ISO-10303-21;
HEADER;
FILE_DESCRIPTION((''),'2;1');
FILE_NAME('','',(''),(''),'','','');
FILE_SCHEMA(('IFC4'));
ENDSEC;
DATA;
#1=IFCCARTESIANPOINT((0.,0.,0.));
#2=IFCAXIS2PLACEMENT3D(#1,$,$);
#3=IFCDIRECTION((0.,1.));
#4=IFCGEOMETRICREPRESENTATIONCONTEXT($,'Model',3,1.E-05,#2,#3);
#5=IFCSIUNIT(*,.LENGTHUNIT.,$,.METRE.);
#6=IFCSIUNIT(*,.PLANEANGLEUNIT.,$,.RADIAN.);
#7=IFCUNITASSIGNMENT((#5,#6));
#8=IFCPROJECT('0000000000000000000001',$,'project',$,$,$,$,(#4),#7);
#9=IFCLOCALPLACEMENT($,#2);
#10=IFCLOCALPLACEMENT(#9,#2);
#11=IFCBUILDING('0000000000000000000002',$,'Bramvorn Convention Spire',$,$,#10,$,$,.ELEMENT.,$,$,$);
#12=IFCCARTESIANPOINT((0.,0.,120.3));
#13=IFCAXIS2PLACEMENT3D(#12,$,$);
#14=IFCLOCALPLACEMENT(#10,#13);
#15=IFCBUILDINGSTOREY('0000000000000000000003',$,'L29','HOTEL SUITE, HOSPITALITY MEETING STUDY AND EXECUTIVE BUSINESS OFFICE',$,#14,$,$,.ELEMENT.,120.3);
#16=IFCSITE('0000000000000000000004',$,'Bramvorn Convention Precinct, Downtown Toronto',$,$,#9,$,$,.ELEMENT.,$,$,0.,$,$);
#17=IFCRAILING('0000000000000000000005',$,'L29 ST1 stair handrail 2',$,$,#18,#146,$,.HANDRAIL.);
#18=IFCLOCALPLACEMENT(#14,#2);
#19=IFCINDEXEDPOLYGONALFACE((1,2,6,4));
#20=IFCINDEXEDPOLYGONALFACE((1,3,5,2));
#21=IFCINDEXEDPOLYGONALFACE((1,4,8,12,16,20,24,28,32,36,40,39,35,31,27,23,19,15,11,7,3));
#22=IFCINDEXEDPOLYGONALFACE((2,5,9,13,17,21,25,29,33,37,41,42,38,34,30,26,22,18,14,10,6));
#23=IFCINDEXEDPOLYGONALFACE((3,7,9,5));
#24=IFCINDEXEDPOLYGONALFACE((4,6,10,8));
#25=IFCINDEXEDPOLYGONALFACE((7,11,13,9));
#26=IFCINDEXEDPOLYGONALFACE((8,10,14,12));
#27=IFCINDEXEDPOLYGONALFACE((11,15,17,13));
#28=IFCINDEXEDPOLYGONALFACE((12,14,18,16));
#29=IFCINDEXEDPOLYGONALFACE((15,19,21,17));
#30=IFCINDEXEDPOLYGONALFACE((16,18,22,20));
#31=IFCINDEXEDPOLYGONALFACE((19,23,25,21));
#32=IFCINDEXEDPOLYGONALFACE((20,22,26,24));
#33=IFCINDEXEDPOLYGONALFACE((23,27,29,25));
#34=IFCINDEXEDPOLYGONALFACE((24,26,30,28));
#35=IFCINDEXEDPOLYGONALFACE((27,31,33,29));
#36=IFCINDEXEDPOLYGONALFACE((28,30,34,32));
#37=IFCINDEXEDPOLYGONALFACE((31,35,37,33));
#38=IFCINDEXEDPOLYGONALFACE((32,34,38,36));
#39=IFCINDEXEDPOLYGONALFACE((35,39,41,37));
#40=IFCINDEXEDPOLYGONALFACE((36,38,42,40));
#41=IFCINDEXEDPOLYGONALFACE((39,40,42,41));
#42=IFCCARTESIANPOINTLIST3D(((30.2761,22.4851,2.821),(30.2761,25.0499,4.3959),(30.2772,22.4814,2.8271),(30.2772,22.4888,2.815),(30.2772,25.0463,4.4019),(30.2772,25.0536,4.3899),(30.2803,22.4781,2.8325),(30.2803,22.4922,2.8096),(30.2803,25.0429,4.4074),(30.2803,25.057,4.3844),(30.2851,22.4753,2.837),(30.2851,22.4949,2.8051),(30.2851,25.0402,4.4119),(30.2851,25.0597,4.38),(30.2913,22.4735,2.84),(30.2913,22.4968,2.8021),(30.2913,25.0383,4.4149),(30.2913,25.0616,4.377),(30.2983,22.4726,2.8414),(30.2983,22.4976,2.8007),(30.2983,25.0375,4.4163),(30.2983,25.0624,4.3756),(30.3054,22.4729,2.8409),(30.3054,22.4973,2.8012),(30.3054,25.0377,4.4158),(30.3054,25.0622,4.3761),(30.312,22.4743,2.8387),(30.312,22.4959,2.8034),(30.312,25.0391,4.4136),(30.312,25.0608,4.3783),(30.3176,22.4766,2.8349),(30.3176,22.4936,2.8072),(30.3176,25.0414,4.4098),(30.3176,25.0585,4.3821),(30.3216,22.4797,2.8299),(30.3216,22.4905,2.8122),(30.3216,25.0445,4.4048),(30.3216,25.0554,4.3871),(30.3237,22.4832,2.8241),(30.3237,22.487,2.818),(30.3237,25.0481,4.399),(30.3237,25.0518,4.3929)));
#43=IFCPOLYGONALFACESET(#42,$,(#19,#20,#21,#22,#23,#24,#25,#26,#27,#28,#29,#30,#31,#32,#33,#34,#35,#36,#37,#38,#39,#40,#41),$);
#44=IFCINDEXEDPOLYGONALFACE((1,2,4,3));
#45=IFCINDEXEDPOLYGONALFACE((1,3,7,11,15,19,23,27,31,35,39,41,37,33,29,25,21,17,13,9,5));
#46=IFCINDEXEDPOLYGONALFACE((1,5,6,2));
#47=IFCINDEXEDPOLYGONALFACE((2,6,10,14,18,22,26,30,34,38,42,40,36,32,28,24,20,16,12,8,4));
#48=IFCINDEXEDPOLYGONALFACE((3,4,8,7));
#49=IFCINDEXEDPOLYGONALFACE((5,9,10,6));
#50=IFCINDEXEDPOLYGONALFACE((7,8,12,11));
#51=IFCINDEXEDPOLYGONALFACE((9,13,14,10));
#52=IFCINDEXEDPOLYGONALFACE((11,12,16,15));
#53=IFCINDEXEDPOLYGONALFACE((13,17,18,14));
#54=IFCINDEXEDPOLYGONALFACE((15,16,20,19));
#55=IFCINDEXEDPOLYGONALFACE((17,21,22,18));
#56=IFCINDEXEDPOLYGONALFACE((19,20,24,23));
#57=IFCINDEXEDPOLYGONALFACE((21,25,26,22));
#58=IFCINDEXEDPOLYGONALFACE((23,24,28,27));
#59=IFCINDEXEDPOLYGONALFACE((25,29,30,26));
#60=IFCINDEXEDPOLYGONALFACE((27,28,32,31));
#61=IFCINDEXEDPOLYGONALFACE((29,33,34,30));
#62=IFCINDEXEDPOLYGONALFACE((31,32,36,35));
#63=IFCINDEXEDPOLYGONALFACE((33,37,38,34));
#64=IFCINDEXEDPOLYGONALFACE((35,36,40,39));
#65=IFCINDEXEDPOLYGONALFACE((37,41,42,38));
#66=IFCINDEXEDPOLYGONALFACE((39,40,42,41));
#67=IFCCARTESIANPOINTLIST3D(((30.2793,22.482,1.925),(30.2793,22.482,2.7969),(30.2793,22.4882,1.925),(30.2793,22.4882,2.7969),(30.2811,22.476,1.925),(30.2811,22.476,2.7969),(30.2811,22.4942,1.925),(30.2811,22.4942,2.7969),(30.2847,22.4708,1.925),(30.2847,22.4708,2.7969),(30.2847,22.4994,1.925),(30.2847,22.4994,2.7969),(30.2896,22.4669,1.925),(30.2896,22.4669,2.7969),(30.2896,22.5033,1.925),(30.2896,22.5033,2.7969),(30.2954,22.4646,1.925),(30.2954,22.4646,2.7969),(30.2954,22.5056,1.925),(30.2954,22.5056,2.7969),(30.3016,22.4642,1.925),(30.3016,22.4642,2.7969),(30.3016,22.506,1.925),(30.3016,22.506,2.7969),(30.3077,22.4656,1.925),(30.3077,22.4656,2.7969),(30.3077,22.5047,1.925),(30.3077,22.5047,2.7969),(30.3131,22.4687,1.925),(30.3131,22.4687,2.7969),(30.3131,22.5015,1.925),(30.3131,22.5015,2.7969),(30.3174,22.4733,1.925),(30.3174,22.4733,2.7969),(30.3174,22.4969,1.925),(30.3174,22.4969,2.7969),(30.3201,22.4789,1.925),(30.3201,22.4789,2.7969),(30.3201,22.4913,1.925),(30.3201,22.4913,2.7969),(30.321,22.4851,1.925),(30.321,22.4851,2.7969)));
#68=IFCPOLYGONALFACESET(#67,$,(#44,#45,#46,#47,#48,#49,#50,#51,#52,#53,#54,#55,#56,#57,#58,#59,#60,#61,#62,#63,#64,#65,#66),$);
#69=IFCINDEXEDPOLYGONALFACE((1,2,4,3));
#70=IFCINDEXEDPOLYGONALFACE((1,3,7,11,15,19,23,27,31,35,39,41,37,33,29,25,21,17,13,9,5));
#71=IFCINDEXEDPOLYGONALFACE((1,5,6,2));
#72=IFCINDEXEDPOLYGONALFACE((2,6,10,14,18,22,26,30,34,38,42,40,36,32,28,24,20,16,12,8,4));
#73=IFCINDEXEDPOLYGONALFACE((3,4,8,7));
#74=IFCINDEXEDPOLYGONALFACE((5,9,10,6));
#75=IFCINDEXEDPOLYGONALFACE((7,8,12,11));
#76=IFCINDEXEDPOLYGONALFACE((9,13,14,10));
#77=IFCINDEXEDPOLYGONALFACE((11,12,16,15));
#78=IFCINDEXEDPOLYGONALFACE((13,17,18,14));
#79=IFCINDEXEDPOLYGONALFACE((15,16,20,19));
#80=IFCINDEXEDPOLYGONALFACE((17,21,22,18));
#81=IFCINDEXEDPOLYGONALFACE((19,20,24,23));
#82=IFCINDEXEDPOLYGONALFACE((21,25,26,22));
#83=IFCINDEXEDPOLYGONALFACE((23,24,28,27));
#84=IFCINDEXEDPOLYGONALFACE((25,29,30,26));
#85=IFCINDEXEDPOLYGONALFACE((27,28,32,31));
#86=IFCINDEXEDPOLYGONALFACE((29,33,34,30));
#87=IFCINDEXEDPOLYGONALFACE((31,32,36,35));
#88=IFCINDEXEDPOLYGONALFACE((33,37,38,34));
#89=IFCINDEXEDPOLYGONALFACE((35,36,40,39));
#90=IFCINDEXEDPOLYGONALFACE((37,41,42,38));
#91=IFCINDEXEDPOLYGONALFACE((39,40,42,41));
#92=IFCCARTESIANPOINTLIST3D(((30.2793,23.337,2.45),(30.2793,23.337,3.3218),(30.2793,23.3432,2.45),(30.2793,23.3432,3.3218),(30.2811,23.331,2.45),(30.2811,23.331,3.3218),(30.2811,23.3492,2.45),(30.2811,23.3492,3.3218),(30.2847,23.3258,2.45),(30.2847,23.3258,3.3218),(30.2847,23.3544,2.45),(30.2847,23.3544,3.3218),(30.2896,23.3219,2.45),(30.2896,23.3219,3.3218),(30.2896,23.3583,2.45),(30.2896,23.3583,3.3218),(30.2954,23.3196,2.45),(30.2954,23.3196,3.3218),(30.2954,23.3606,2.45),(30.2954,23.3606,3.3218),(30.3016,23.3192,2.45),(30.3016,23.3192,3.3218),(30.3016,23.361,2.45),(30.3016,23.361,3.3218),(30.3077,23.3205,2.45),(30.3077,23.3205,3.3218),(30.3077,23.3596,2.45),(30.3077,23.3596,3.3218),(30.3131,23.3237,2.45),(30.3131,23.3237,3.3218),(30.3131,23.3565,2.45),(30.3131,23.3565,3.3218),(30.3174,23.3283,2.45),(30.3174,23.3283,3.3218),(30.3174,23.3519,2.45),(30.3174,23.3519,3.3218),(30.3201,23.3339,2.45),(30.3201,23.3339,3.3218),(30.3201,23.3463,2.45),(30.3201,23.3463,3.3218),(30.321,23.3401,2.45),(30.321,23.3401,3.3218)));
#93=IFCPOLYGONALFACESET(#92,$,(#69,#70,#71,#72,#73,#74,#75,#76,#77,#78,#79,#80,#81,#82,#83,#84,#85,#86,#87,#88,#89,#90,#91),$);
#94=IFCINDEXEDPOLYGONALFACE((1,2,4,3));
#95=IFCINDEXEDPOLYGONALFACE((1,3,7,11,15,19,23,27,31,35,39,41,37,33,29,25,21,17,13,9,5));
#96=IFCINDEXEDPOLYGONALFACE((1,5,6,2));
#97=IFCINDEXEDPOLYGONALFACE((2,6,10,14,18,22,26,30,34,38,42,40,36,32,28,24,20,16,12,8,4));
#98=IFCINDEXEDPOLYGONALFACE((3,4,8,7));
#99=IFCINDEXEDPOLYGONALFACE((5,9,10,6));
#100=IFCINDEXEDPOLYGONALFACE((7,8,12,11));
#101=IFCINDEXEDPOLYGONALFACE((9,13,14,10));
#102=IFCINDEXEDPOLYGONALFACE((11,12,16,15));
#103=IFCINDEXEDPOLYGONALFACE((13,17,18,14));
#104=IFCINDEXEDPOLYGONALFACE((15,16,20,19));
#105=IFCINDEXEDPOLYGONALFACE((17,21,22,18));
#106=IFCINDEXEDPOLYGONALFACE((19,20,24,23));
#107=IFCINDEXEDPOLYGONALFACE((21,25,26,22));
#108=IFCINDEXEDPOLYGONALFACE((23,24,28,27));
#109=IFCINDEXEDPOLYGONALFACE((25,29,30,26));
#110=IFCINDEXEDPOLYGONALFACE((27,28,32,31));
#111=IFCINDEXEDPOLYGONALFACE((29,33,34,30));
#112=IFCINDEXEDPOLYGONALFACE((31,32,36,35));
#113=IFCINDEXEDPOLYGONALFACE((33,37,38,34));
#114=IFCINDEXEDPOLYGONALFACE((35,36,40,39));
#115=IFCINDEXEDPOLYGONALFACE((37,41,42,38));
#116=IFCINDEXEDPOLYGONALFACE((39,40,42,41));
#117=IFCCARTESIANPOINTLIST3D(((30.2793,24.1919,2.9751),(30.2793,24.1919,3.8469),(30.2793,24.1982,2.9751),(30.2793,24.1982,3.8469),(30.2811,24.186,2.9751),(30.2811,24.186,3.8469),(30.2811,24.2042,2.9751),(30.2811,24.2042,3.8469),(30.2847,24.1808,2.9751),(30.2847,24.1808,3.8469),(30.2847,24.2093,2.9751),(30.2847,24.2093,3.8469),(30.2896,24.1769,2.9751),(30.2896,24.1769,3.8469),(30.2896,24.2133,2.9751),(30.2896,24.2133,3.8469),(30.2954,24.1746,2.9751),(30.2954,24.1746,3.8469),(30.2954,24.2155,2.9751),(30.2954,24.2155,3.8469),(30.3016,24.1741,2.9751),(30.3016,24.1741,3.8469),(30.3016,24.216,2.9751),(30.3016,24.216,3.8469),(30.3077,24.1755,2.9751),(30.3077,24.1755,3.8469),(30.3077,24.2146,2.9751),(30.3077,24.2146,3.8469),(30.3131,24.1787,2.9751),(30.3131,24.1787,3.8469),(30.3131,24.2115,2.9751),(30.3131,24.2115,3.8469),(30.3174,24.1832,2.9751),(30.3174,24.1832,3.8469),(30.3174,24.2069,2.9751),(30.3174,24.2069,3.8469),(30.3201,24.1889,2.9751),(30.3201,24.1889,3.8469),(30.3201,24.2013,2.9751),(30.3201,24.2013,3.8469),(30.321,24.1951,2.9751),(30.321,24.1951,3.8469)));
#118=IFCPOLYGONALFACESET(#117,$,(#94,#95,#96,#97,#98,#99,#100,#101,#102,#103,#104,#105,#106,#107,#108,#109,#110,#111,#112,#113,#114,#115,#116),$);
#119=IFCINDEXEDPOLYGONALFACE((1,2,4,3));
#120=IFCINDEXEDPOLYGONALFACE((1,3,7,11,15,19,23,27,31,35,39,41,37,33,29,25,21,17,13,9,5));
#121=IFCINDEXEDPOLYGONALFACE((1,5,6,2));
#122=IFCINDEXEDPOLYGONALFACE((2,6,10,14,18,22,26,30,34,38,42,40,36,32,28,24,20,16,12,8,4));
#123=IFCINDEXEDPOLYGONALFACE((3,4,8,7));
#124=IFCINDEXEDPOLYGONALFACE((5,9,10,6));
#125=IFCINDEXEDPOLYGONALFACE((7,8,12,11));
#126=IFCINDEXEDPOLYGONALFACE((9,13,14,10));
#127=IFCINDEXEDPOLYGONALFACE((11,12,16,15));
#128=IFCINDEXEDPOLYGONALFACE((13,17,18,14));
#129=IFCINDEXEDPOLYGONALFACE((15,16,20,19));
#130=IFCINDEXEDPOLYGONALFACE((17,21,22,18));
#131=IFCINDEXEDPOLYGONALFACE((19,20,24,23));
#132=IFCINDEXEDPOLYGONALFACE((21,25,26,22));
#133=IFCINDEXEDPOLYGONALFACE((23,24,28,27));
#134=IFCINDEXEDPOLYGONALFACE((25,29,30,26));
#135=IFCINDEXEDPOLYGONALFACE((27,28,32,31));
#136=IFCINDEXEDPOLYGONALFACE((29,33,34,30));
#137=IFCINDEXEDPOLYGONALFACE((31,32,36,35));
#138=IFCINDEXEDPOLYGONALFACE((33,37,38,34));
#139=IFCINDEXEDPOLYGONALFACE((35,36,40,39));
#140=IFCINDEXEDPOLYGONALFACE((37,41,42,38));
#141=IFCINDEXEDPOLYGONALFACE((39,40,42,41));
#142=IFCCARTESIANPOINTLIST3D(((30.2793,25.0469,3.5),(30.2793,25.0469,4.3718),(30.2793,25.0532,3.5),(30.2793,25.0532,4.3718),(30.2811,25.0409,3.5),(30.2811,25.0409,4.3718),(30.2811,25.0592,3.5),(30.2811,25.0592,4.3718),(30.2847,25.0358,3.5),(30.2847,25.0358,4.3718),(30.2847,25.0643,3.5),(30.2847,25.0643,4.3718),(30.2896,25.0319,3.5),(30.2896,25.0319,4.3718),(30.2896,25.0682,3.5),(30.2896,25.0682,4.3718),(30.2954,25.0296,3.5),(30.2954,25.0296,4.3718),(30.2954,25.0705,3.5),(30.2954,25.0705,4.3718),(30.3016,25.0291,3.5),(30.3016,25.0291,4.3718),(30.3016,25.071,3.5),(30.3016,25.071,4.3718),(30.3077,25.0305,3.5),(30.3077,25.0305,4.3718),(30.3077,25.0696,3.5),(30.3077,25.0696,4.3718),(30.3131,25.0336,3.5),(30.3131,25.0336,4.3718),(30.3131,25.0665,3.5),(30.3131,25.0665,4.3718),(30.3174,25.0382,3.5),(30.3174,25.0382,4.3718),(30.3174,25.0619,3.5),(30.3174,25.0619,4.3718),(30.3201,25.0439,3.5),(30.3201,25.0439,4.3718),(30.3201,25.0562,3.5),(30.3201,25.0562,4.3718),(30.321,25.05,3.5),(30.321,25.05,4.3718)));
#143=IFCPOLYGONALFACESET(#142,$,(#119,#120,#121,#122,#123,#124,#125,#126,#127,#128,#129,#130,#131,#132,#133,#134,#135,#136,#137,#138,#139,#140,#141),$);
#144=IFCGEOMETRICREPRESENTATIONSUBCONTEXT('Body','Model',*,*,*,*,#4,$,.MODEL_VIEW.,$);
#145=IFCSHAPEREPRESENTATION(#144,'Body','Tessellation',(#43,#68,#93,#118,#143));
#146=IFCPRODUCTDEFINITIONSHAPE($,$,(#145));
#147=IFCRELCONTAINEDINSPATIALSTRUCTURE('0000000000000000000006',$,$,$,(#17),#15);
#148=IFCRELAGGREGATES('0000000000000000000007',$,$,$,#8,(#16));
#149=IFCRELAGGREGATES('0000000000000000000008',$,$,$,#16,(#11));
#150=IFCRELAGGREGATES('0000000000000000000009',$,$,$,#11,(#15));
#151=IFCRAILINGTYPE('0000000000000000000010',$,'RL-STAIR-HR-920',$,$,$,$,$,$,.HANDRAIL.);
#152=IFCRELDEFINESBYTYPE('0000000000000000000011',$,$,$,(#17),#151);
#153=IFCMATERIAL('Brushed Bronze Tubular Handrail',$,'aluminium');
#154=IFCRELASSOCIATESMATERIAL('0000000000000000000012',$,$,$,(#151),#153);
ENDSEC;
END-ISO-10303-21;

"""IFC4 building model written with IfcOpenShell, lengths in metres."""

from ifc_helpers import new_model, si_unit, direction, frame, origin, origin_2d, place, context, subcontext, project, spatial, circle, extrude, material, type_object, element, save


model = new_model("IFC4")

# Units and contexts
model_context = context("Model", 3, precision=1e-05, world=origin(), true_north=direction((0.0, 1.0)))
body_context = subcontext(model_context, "Body", "Model", "MODEL_VIEW")
ifc_project = project(units=[si_unit("LENGTHUNIT", "METRE"), si_unit("PLANEANGLEUNIT", "RADIAN")], contexts=[model_context])

# Site, building, storey
site_placement = place(None, origin())
site = spatial("IfcSite", under=ifc_project, at=site_placement, Name="Bramvorn Convention Precinct, Downtown Toronto", CompositionType="ELEMENT", RefElevation=0.0)
building_placement = place(site_placement, origin())
building = spatial("IfcBuilding", under=site, at=building_placement, Name="Bramvorn Convention Spire", CompositionType="ELEMENT")
storey_placement = place(building_placement, frame((0.0, 0.0, 120.3)))
storey = spatial("IfcBuildingStorey", under=building, at=storey_placement, Name="L29", Description="HOTEL SUITE, HOSPITALITY MEETING STUDY AND EXECUTIVE BUSINESS OFFICE", CompositionType="ELEMENT", Elevation=120.3)

# Railing
ifc_material_1 = material(Name="Brushed Bronze Tubular Handrail", Category="aluminium")
railing_type_1 = type_object("IfcRailingType", Name="RL-STAIR-HR-920", PredefinedType="HANDRAIL", material=ifc_material_1)
railing_1_placement = place(storey_placement, frame((30.3, 22.4851, 1.925)))
element("IfcRailing", 1, at=railing_1_placement, inside=storey, type_object=railing_type_1, Name="L29 ST1 stair handrail 2", PredefinedType="HANDRAIL", context=body_context, shape_type="SweptSolid", body=[
    extrude(circle(Radius=0.0239, at=origin_2d()), frame((0.0, 0.0, 0.896), z_axis=(0.0, 0.852173, 0.52326), x_axis=(-1.0, 0.0, 0.0)), (0.0, 0.0, 1.0), 3.0098),
    extrude(circle(Radius=0.021, at=origin_2d()), origin(), (0.0, 0.0, 1.0), 0.8718),
    extrude(circle(Radius=0.021, at=origin_2d()), frame((0.0, 0.855, 0.5249)), (0.0, 0.0, 1.0), 0.8718),
    extrude(circle(Radius=0.021, at=origin_2d()), frame((0.0, 1.71, 1.05)), (0.0, 0.0, 1.0), 0.8718),
    extrude(circle(Radius=0.021, at=origin_2d()), frame((0.0, 2.5649, 1.575)), (0.0, 0.0, 1.0), 0.8718),
])

save(model, "model.ifc")
